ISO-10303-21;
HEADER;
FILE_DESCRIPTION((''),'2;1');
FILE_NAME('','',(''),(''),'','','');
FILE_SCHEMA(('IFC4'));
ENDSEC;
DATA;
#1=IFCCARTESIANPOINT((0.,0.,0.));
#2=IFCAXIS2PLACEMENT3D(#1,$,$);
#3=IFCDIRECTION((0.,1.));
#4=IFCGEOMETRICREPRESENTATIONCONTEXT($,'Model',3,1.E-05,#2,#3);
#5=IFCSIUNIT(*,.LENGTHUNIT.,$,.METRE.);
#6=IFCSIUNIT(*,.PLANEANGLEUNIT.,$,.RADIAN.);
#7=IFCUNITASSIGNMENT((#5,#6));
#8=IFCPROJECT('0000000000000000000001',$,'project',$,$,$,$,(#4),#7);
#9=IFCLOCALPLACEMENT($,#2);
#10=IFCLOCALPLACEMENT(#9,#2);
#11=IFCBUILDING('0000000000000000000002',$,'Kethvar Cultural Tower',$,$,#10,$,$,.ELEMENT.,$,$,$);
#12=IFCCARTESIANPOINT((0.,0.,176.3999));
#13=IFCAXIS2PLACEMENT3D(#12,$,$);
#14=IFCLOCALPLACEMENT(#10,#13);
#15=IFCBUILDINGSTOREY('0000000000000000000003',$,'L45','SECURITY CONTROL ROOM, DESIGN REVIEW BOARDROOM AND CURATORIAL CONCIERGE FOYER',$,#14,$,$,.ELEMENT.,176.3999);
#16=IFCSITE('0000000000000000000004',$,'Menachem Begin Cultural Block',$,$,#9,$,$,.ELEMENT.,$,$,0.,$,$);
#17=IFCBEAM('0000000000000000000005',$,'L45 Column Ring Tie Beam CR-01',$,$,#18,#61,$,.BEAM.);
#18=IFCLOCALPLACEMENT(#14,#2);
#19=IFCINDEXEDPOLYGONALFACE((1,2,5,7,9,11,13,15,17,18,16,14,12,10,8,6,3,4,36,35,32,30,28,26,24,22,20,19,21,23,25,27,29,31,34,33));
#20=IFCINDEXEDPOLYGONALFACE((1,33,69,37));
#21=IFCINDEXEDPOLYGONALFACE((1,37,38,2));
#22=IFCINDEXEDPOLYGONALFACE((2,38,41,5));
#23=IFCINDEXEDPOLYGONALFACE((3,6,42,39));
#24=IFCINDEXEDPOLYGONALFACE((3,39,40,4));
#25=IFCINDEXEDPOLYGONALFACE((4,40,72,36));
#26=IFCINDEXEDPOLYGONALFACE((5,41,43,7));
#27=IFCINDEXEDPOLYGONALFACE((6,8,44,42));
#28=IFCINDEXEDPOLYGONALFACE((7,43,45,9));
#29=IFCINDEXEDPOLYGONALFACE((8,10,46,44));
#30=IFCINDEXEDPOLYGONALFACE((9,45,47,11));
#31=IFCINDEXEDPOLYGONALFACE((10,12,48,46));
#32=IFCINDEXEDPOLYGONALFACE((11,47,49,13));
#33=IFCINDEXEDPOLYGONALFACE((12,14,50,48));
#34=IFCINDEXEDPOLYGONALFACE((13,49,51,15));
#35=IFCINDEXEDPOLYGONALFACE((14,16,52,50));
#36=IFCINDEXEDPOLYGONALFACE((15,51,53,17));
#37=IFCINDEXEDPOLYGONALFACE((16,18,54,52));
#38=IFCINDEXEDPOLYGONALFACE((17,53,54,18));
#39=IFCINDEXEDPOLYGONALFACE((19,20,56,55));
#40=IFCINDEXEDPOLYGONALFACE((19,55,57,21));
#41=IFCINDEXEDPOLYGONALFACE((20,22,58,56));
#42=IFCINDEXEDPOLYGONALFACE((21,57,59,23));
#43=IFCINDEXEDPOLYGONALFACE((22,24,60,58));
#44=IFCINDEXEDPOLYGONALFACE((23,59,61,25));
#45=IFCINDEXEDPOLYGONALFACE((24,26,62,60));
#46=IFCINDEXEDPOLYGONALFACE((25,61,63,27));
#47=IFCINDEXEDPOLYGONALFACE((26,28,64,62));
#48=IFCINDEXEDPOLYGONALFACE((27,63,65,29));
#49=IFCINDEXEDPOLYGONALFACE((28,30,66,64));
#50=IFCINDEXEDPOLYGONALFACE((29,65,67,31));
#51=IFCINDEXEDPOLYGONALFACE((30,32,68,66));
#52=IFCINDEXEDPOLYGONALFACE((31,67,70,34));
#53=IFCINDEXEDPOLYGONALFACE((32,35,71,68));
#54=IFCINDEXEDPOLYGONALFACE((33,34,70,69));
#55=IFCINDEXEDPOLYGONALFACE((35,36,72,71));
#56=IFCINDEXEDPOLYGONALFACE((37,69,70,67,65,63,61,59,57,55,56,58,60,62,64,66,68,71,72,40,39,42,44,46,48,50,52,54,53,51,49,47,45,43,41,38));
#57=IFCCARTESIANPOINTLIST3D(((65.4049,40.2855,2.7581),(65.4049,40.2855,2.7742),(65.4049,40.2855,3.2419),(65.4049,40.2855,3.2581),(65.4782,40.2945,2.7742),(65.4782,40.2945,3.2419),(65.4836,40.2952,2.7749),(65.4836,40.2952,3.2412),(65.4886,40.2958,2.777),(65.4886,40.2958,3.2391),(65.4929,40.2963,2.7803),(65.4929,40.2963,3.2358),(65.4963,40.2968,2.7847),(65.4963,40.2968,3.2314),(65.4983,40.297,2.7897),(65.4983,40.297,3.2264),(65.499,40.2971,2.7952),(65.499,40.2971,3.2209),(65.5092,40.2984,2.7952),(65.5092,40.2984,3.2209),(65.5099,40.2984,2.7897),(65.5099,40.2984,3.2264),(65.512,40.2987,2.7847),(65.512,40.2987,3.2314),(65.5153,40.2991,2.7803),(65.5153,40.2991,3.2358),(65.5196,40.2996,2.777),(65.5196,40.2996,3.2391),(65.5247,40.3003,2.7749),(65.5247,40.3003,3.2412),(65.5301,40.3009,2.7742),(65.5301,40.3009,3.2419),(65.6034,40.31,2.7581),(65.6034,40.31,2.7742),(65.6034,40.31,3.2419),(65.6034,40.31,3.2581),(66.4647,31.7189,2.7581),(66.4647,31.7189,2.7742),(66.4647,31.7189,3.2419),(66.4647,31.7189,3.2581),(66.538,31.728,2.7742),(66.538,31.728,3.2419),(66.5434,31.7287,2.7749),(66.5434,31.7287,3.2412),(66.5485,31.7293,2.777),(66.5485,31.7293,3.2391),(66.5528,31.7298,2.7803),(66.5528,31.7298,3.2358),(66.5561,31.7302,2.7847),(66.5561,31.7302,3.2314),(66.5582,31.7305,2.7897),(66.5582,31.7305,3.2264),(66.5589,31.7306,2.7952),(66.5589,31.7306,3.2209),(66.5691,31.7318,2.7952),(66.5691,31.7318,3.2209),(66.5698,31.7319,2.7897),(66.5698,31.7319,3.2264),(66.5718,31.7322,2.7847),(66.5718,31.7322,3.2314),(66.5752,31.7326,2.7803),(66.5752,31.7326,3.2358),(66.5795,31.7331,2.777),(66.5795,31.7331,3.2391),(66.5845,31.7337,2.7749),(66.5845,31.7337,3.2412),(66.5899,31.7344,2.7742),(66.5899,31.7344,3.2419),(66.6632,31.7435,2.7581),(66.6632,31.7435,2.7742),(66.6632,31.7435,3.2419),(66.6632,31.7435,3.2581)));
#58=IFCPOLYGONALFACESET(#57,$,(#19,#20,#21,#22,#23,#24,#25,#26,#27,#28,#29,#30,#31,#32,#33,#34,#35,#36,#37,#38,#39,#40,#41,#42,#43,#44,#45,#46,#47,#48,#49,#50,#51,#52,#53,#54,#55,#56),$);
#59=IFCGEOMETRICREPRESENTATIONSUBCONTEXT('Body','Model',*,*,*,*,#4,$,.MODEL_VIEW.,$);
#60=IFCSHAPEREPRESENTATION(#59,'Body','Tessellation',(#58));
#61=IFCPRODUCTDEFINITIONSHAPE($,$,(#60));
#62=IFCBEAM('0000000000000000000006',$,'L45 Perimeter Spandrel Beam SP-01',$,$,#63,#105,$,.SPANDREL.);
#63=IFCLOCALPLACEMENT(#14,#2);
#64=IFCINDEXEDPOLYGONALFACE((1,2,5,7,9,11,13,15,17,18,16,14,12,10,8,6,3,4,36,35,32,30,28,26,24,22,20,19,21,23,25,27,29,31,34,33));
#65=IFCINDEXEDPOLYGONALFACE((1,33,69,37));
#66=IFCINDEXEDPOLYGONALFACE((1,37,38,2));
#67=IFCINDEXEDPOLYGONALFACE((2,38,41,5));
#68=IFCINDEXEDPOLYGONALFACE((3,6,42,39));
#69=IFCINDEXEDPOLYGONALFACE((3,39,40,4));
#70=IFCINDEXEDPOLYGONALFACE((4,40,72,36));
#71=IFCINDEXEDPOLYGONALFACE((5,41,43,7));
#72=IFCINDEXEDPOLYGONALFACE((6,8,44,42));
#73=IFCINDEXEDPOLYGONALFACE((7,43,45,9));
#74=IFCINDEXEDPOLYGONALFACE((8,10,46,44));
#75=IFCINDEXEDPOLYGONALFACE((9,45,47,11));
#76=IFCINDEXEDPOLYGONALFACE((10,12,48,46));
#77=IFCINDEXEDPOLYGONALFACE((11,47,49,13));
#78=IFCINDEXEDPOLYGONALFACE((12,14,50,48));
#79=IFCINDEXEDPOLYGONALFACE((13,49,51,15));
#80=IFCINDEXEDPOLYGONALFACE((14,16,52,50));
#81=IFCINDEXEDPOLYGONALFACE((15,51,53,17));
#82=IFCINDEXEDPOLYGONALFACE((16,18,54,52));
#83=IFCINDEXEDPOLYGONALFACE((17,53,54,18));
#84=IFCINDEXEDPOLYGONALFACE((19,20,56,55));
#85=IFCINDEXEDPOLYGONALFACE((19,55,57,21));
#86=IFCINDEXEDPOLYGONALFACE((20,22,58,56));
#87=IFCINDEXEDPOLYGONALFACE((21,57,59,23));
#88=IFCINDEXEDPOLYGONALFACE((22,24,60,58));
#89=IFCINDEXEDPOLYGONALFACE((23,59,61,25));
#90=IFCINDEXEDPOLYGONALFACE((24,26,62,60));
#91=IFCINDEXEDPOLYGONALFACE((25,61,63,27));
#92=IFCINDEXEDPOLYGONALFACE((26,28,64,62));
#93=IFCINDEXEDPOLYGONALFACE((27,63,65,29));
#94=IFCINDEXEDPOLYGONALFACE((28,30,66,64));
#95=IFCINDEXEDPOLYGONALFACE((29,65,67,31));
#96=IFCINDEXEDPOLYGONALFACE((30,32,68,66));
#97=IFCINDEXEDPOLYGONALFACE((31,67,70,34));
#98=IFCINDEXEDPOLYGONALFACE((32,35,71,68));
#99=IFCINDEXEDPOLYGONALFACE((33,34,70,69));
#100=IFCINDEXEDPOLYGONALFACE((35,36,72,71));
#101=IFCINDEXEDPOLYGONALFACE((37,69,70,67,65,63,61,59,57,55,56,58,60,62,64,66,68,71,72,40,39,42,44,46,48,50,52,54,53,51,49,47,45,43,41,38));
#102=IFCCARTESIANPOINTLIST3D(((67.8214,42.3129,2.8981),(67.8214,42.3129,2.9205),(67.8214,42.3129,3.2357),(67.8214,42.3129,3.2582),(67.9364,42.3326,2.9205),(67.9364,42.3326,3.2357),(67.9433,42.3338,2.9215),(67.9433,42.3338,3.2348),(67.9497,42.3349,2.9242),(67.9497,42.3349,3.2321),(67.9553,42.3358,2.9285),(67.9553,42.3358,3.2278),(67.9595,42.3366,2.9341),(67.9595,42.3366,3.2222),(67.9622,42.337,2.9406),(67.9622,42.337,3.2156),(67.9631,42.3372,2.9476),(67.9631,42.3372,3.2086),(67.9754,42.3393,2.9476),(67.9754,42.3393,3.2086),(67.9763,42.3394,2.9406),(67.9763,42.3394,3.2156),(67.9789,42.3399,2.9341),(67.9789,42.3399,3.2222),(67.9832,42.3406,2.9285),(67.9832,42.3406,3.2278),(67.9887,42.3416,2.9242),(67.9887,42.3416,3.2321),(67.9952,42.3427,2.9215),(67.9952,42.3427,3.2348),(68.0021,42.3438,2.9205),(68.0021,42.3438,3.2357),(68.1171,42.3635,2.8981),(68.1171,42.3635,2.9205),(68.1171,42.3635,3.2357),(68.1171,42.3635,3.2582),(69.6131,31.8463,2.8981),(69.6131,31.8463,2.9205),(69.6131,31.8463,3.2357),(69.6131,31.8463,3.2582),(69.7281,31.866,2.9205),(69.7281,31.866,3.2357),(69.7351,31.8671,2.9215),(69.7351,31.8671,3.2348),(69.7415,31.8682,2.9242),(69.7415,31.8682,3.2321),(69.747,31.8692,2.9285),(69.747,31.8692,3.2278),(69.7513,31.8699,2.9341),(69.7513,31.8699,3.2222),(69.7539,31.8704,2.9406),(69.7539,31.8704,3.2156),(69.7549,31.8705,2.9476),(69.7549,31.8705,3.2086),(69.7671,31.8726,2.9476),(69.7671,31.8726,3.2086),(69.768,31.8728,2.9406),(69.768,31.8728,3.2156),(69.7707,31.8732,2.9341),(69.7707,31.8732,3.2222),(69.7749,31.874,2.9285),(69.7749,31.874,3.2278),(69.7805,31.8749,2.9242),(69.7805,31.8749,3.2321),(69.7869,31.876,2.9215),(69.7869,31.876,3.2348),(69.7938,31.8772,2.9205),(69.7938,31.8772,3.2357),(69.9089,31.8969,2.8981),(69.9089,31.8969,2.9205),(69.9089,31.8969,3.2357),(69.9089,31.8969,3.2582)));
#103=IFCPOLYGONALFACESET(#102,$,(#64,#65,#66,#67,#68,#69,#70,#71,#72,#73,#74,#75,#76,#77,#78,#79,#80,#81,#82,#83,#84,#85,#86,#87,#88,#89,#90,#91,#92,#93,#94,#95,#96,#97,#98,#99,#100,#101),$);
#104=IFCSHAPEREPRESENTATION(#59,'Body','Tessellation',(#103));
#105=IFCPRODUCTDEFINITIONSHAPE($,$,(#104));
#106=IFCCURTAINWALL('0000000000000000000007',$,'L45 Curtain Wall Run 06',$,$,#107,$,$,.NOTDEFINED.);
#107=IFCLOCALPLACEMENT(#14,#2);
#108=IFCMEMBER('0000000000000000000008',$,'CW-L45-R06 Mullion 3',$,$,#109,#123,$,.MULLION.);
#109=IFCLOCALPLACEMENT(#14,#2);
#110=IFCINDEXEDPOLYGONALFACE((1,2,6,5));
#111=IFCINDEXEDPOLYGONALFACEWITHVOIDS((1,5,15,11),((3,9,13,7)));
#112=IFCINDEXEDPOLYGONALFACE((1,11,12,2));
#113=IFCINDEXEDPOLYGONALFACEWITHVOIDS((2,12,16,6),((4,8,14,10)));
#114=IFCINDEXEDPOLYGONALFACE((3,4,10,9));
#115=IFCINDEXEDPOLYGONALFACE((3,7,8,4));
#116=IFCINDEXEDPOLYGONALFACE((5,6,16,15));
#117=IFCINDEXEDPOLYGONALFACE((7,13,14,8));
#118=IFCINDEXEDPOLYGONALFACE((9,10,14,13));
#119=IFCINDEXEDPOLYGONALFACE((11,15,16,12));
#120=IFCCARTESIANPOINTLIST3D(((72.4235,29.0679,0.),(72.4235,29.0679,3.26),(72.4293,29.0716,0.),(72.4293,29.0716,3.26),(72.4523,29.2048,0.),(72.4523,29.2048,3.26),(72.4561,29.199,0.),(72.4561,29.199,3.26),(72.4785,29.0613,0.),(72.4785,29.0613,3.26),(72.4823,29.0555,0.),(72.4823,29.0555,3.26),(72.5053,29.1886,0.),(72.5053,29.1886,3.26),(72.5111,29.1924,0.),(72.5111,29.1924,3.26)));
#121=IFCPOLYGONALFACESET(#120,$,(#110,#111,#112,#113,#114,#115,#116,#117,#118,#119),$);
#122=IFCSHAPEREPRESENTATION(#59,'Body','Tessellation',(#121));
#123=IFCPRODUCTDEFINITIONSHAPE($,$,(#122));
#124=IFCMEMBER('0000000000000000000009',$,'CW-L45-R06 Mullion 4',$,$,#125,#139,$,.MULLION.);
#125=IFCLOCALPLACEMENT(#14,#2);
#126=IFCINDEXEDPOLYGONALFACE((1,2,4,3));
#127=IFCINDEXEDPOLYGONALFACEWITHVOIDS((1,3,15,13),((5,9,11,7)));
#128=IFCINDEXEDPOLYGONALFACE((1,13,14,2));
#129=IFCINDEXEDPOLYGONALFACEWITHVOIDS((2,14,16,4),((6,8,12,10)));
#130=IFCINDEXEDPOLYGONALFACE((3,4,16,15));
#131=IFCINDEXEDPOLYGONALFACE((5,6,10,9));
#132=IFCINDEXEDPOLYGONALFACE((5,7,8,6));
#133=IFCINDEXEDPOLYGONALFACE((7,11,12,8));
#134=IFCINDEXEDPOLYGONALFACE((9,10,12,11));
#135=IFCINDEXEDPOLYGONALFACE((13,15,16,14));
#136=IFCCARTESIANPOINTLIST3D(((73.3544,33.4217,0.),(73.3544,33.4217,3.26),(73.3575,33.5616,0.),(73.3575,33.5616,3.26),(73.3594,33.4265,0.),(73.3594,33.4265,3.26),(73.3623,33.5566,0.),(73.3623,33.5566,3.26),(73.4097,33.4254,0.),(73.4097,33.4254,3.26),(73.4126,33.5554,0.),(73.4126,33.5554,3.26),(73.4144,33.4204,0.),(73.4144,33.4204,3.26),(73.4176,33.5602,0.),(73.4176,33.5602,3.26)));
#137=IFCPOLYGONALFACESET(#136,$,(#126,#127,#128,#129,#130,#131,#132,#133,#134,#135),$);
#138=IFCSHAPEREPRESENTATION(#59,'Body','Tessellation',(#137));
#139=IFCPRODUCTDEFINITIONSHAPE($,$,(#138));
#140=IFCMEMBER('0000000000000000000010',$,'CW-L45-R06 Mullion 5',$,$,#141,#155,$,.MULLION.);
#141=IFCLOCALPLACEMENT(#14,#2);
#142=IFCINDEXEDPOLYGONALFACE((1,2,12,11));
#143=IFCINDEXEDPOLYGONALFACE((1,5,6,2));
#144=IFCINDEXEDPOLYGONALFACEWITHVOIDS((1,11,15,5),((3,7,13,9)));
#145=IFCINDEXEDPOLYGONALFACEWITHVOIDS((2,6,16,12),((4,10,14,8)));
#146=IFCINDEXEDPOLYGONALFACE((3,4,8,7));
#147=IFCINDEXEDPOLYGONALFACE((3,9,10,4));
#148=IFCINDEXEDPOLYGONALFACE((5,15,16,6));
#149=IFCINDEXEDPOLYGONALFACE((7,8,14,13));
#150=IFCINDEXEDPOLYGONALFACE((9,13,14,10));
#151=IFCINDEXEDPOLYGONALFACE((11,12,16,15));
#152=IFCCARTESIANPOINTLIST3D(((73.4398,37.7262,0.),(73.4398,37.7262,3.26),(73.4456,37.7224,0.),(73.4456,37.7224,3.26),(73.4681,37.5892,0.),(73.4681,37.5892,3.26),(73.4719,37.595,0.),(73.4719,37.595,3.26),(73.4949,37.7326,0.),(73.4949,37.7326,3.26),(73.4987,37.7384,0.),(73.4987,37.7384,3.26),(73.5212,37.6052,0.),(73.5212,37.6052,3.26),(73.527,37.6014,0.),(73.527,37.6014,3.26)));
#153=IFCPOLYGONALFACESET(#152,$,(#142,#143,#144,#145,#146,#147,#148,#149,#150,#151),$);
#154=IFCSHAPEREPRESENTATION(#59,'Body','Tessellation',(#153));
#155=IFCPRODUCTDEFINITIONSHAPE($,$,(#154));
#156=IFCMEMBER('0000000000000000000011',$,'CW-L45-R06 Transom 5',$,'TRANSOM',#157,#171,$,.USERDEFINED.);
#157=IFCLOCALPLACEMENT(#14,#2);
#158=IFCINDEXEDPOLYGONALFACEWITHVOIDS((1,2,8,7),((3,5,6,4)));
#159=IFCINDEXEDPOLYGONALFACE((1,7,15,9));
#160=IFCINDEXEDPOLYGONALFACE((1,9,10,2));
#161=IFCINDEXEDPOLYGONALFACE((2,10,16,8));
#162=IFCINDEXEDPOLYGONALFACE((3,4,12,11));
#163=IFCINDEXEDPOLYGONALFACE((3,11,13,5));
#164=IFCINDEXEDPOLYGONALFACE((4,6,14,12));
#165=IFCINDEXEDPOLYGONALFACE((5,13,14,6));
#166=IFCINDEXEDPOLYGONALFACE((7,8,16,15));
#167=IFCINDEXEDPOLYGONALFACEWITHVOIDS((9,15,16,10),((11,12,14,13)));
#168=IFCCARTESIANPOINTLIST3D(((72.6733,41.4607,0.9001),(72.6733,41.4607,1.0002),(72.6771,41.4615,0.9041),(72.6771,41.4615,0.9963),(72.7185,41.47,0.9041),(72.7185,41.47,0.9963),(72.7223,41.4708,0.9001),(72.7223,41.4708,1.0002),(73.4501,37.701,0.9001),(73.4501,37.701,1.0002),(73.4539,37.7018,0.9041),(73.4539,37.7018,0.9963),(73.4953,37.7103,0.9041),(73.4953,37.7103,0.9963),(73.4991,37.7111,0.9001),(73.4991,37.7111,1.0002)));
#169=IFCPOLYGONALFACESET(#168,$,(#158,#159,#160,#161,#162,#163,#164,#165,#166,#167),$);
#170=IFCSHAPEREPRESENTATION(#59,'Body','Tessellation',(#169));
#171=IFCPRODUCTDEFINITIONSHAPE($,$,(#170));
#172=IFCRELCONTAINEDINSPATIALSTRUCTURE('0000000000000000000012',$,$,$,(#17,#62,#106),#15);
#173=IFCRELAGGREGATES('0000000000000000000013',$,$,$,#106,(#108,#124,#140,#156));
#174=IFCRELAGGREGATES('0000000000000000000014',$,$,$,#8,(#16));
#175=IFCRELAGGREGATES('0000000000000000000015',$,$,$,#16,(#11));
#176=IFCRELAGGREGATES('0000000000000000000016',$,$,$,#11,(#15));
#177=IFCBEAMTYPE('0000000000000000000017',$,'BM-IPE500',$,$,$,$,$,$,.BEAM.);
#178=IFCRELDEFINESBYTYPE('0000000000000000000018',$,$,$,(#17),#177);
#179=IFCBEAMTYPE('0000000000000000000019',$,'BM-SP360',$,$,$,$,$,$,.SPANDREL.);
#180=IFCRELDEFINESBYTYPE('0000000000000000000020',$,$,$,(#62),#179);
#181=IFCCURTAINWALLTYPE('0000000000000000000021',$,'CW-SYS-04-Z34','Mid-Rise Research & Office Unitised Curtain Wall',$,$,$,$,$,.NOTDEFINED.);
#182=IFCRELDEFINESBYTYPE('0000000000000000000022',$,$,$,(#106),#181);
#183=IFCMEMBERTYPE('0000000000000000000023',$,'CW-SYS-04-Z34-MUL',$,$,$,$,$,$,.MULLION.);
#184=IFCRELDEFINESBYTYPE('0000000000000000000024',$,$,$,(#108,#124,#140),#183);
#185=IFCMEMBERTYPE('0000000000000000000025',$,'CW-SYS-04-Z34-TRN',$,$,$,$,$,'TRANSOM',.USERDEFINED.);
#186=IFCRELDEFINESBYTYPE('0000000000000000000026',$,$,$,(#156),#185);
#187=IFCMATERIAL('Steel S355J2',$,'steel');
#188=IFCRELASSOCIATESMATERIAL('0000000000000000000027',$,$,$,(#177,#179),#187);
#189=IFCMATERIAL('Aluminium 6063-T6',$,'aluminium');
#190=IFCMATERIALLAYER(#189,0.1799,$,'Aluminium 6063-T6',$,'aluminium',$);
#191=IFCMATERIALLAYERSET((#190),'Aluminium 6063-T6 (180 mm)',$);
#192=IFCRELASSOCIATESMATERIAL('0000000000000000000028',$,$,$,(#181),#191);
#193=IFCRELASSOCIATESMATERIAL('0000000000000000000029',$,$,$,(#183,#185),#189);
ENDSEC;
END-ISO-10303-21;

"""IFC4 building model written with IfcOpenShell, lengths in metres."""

from ifc_helpers import new_model, si_unit, direction, frame, origin, origin_2d, place, context, subcontext, project, spatial, hollow_rectangle, i_section, extrude, source, transform, mapped, material, layer, layer_set, material_profile, profile_set, type_object, element, aggregate, save


model = new_model("IFC4")

# Units and contexts
model_context = context("Model", 3, precision=1e-05, world=origin(), true_north=direction((0.0, 1.0)))
body_context = subcontext(model_context, "Body", "Model", "MODEL_VIEW")
ifc_project = project(units=[si_unit("LENGTHUNIT", "METRE"), si_unit("PLANEANGLEUNIT", "RADIAN")], contexts=[model_context])

# Site, building, storey
site_placement = place(None, origin())
site = spatial("IfcSite", under=ifc_project, at=site_placement, Name="Menachem Begin Cultural Block", CompositionType="ELEMENT", RefElevation=0.0)
building_placement = place(site_placement, origin())
building = spatial("IfcBuilding", under=site, at=building_placement, Name="Kethvar Cultural Tower", CompositionType="ELEMENT")
storey_placement = place(building_placement, frame((0.0, 0.0, 176.3999)))
storey = spatial("IfcBuildingStorey", under=building, at=storey_placement, Name="L45", Description="SECURITY CONTROL ROOM, DESIGN REVIEW BOARDROOM AND CURATORIAL CONCIERGE FOYER", CompositionType="ELEMENT", Elevation=176.3999)

# Beams
ifc_material_1 = material(Name="Steel S355J2", Category="steel")
ifc_material_profile_1 = material_profile(ifc_material_1, i_section(OverallWidth=0.2, OverallDepth=0.5, WebThickness=0.0103, FlangeThickness=0.0161, FilletRadius=0.021, at=origin_2d()), Name="Steel S355J2 — IPE500")
ifc_profile_set_1 = profile_set([ifc_material_profile_1], Name="Steel S355J2 — IPE500")
beam_type_1 = type_object("IfcBeamType", Name="BM-IPE500", PredefinedType="BEAM", material=ifc_profile_set_1)
shared_shape_1 = source(origin(), body_context, "Body", "SweptSolid", [
    extrude(i_section(OverallWidth=0.2, OverallDepth=0.5, WebThickness=0.0103, FlangeThickness=0.0161, FilletRadius=0.021, at=origin_2d()), origin(), (0.0, 0.0, 1.0), 8.6318),
])
beam_1_placement = place(storey_placement, frame((66.564, 31.7312, 3.0081), z_axis=(-0.122781, 0.992434, 0.0), x_axis=(-0.992434, -0.122781, 0.0)))
element("IfcBeam", 1, at=beam_1_placement, inside=storey, type_object=beam_type_1, Name="L45 Column Ring Tie Beam CR-01", PredefinedType="BEAM", context=body_context, shape_type="MappedRepresentation", body=[
    mapped(shared_shape_1, transform((0.0, 0.0, 0.0), scale=1.0)),
])
ifc_material_profile_2 = material_profile(ifc_material_1, i_section(OverallWidth=0.3, OverallDepth=0.3601, WebThickness=0.0125, FlangeThickness=0.0225, FilletRadius=0.0271, at=origin_2d()), Name="Steel S355J2 — HEB360")
ifc_profile_set_2 = profile_set([ifc_material_profile_2], Name="Steel S355J2 — HEB360")
beam_type_2 = type_object("IfcBeamType", Name="BM-SP360", PredefinedType="SPANDREL", material=ifc_profile_set_2)
shared_shape_2 = source(origin(), body_context, "Body", "SweptSolid", [
    extrude(i_section(OverallWidth=0.3, OverallDepth=0.3601, WebThickness=0.0125, FlangeThickness=0.0225, FilletRadius=0.0271, at=origin_2d()), origin(), (0.0, 0.0, 1.0), 10.6189),
])
beam_2_placement = place(storey_placement, frame((69.761, 31.8716, 3.0781), z_axis=(-0.168733, 0.985662, 0.0), x_axis=(-0.985662, -0.168733, 0.0)))
element("IfcBeam", 2, at=beam_2_placement, inside=storey, type_object=beam_type_2, Name="L45 Perimeter Spandrel Beam SP-01", PredefinedType="SPANDREL", context=body_context, shape_type="MappedRepresentation", body=[
    mapped(shared_shape_2, transform((0.0, 0.0, 0.0), scale=1.0)),
])

# Curtain wall, members
ifc_material_2 = material(Name="Aluminium 6063-T6", Category="aluminium")
ifc_layer_1 = layer(ifc_material_2, 0.1799, Name="Aluminium 6063-T6", Category="aluminium")
ifc_layer_set_1 = layer_set([ifc_layer_1], Name="Aluminium 6063-T6 (180 mm)")
curtain_wall_type = type_object("IfcCurtainWallType", Name="CW-SYS-04-Z34", Description="Mid-Rise Research & Office Unitised Curtain Wall", PredefinedType="NOTDEFINED", material=ifc_layer_set_1)
curtain_wall_placement = place(storey_placement, origin())
curtain_wall = element("IfcCurtainWall", 3, at=curtain_wall_placement, inside=storey, type_object=curtain_wall_type, Name="L45 Curtain Wall Run 06", PredefinedType="NOTDEFINED")
ifc_material_profile_3 = material_profile(ifc_material_2, hollow_rectangle(XDim=0.0601, YDim=0.1399, WallThickness=0.0049, at=origin_2d()), Name="Aluminium 6063-T6 — RHS140x60x5")
ifc_profile_set_3 = profile_set([ifc_material_profile_3], Name="Aluminium 6063-T6 — RHS140x60x5")
member_type_1 = type_object("IfcMemberType", Name="CW-SYS-04-Z34-MUL", PredefinedType="MULLION", material=ifc_profile_set_3)
shared_shape_3 = source(origin(), body_context, "Body", "SweptSolid", [
    extrude(hollow_rectangle(XDim=0.0601, YDim=0.1399, WallThickness=0.0049, at=origin_2d()), origin(), (0.0, 0.0, 1.0), 3.26),
])
member_1_placement = place(storey_placement, frame((72.4673, 29.1301, 0.0), z_axis=(0.0, 0.0, 1.0), x_axis=(-0.978606, 0.205743, 0.0)))
member_1 = element("IfcMember", 4, at=member_1_placement, type_object=member_type_1, Name="CW-L45-R06 Mullion 3", PredefinedType="MULLION", context=body_context, shape_type="MappedRepresentation", body=[
    mapped(shared_shape_3, transform((0.0, 0.0, 0.0), scale=1.0)),
])
member_2_placement = place(storey_placement, frame((73.386, 33.491, 0.0), z_axis=(0.0, 0.0, 1.0), x_axis=(-0.999744, 0.022635, 0.0)))
member_2 = element("IfcMember", 5, at=member_2_placement, type_object=member_type_1, Name="CW-L45-R06 Mullion 4", PredefinedType="MULLION", context=body_context, shape_type="MappedRepresentation", body=[
    mapped(shared_shape_3, transform((0.0, 0.0, 0.0), scale=1.0)),
])
member_3_placement = place(storey_placement, frame((73.4834, 37.6638, 0.0), z_axis=(0.0, 0.0, 1.0), x_axis=(-0.979315, -0.202343, 0.0)))
member_3 = element("IfcMember", 6, at=member_3_placement, type_object=member_type_1, Name="CW-L45-R06 Mullion 5", PredefinedType="MULLION", context=body_context, shape_type="MappedRepresentation", body=[
    mapped(shared_shape_3, transform((0.0, 0.0, 0.0), scale=1.0)),
])
ifc_material_profile_4 = material_profile(ifc_material_2, hollow_rectangle(XDim=0.05, YDim=0.1001, WallThickness=0.0039, at=origin_2d()), Name="Aluminium 6063-T6 — RHS100x50x4")
ifc_profile_set_4 = profile_set([ifc_material_profile_4], Name="Aluminium 6063-T6 — RHS100x50x4")
member_type_2 = type_object("IfcMemberType", Name="CW-SYS-04-Z34-TRN", ElementType="TRANSOM", PredefinedType="USERDEFINED", material=ifc_profile_set_4)
shared_shape_4 = source(origin(), body_context, "Body", "SweptSolid", [
    extrude(hollow_rectangle(XDim=0.05, YDim=0.1001, WallThickness=0.0039, at=origin_2d()), origin(), (0.0, 0.0, 1.0), 3.8391),
])
member_4_placement = place(storey_placement, frame((73.4746, 37.7061, 0.9502), z_axis=(-0.202349, 0.979313, 0.0), x_axis=(-0.979313, -0.202349, 0.0)))
member_4 = element("IfcMember", 7, at=member_4_placement, type_object=member_type_2, Name="CW-L45-R06 Transom 5", ObjectType="TRANSOM", PredefinedType="USERDEFINED", context=body_context, shape_type="MappedRepresentation", body=[
    mapped(shared_shape_4, transform((0.0, 0.0, 0.0), scale=1.0)),
])
aggregate(curtain_wall, [member_1, member_2, member_3, member_4])

save(model, "model.ifc")
